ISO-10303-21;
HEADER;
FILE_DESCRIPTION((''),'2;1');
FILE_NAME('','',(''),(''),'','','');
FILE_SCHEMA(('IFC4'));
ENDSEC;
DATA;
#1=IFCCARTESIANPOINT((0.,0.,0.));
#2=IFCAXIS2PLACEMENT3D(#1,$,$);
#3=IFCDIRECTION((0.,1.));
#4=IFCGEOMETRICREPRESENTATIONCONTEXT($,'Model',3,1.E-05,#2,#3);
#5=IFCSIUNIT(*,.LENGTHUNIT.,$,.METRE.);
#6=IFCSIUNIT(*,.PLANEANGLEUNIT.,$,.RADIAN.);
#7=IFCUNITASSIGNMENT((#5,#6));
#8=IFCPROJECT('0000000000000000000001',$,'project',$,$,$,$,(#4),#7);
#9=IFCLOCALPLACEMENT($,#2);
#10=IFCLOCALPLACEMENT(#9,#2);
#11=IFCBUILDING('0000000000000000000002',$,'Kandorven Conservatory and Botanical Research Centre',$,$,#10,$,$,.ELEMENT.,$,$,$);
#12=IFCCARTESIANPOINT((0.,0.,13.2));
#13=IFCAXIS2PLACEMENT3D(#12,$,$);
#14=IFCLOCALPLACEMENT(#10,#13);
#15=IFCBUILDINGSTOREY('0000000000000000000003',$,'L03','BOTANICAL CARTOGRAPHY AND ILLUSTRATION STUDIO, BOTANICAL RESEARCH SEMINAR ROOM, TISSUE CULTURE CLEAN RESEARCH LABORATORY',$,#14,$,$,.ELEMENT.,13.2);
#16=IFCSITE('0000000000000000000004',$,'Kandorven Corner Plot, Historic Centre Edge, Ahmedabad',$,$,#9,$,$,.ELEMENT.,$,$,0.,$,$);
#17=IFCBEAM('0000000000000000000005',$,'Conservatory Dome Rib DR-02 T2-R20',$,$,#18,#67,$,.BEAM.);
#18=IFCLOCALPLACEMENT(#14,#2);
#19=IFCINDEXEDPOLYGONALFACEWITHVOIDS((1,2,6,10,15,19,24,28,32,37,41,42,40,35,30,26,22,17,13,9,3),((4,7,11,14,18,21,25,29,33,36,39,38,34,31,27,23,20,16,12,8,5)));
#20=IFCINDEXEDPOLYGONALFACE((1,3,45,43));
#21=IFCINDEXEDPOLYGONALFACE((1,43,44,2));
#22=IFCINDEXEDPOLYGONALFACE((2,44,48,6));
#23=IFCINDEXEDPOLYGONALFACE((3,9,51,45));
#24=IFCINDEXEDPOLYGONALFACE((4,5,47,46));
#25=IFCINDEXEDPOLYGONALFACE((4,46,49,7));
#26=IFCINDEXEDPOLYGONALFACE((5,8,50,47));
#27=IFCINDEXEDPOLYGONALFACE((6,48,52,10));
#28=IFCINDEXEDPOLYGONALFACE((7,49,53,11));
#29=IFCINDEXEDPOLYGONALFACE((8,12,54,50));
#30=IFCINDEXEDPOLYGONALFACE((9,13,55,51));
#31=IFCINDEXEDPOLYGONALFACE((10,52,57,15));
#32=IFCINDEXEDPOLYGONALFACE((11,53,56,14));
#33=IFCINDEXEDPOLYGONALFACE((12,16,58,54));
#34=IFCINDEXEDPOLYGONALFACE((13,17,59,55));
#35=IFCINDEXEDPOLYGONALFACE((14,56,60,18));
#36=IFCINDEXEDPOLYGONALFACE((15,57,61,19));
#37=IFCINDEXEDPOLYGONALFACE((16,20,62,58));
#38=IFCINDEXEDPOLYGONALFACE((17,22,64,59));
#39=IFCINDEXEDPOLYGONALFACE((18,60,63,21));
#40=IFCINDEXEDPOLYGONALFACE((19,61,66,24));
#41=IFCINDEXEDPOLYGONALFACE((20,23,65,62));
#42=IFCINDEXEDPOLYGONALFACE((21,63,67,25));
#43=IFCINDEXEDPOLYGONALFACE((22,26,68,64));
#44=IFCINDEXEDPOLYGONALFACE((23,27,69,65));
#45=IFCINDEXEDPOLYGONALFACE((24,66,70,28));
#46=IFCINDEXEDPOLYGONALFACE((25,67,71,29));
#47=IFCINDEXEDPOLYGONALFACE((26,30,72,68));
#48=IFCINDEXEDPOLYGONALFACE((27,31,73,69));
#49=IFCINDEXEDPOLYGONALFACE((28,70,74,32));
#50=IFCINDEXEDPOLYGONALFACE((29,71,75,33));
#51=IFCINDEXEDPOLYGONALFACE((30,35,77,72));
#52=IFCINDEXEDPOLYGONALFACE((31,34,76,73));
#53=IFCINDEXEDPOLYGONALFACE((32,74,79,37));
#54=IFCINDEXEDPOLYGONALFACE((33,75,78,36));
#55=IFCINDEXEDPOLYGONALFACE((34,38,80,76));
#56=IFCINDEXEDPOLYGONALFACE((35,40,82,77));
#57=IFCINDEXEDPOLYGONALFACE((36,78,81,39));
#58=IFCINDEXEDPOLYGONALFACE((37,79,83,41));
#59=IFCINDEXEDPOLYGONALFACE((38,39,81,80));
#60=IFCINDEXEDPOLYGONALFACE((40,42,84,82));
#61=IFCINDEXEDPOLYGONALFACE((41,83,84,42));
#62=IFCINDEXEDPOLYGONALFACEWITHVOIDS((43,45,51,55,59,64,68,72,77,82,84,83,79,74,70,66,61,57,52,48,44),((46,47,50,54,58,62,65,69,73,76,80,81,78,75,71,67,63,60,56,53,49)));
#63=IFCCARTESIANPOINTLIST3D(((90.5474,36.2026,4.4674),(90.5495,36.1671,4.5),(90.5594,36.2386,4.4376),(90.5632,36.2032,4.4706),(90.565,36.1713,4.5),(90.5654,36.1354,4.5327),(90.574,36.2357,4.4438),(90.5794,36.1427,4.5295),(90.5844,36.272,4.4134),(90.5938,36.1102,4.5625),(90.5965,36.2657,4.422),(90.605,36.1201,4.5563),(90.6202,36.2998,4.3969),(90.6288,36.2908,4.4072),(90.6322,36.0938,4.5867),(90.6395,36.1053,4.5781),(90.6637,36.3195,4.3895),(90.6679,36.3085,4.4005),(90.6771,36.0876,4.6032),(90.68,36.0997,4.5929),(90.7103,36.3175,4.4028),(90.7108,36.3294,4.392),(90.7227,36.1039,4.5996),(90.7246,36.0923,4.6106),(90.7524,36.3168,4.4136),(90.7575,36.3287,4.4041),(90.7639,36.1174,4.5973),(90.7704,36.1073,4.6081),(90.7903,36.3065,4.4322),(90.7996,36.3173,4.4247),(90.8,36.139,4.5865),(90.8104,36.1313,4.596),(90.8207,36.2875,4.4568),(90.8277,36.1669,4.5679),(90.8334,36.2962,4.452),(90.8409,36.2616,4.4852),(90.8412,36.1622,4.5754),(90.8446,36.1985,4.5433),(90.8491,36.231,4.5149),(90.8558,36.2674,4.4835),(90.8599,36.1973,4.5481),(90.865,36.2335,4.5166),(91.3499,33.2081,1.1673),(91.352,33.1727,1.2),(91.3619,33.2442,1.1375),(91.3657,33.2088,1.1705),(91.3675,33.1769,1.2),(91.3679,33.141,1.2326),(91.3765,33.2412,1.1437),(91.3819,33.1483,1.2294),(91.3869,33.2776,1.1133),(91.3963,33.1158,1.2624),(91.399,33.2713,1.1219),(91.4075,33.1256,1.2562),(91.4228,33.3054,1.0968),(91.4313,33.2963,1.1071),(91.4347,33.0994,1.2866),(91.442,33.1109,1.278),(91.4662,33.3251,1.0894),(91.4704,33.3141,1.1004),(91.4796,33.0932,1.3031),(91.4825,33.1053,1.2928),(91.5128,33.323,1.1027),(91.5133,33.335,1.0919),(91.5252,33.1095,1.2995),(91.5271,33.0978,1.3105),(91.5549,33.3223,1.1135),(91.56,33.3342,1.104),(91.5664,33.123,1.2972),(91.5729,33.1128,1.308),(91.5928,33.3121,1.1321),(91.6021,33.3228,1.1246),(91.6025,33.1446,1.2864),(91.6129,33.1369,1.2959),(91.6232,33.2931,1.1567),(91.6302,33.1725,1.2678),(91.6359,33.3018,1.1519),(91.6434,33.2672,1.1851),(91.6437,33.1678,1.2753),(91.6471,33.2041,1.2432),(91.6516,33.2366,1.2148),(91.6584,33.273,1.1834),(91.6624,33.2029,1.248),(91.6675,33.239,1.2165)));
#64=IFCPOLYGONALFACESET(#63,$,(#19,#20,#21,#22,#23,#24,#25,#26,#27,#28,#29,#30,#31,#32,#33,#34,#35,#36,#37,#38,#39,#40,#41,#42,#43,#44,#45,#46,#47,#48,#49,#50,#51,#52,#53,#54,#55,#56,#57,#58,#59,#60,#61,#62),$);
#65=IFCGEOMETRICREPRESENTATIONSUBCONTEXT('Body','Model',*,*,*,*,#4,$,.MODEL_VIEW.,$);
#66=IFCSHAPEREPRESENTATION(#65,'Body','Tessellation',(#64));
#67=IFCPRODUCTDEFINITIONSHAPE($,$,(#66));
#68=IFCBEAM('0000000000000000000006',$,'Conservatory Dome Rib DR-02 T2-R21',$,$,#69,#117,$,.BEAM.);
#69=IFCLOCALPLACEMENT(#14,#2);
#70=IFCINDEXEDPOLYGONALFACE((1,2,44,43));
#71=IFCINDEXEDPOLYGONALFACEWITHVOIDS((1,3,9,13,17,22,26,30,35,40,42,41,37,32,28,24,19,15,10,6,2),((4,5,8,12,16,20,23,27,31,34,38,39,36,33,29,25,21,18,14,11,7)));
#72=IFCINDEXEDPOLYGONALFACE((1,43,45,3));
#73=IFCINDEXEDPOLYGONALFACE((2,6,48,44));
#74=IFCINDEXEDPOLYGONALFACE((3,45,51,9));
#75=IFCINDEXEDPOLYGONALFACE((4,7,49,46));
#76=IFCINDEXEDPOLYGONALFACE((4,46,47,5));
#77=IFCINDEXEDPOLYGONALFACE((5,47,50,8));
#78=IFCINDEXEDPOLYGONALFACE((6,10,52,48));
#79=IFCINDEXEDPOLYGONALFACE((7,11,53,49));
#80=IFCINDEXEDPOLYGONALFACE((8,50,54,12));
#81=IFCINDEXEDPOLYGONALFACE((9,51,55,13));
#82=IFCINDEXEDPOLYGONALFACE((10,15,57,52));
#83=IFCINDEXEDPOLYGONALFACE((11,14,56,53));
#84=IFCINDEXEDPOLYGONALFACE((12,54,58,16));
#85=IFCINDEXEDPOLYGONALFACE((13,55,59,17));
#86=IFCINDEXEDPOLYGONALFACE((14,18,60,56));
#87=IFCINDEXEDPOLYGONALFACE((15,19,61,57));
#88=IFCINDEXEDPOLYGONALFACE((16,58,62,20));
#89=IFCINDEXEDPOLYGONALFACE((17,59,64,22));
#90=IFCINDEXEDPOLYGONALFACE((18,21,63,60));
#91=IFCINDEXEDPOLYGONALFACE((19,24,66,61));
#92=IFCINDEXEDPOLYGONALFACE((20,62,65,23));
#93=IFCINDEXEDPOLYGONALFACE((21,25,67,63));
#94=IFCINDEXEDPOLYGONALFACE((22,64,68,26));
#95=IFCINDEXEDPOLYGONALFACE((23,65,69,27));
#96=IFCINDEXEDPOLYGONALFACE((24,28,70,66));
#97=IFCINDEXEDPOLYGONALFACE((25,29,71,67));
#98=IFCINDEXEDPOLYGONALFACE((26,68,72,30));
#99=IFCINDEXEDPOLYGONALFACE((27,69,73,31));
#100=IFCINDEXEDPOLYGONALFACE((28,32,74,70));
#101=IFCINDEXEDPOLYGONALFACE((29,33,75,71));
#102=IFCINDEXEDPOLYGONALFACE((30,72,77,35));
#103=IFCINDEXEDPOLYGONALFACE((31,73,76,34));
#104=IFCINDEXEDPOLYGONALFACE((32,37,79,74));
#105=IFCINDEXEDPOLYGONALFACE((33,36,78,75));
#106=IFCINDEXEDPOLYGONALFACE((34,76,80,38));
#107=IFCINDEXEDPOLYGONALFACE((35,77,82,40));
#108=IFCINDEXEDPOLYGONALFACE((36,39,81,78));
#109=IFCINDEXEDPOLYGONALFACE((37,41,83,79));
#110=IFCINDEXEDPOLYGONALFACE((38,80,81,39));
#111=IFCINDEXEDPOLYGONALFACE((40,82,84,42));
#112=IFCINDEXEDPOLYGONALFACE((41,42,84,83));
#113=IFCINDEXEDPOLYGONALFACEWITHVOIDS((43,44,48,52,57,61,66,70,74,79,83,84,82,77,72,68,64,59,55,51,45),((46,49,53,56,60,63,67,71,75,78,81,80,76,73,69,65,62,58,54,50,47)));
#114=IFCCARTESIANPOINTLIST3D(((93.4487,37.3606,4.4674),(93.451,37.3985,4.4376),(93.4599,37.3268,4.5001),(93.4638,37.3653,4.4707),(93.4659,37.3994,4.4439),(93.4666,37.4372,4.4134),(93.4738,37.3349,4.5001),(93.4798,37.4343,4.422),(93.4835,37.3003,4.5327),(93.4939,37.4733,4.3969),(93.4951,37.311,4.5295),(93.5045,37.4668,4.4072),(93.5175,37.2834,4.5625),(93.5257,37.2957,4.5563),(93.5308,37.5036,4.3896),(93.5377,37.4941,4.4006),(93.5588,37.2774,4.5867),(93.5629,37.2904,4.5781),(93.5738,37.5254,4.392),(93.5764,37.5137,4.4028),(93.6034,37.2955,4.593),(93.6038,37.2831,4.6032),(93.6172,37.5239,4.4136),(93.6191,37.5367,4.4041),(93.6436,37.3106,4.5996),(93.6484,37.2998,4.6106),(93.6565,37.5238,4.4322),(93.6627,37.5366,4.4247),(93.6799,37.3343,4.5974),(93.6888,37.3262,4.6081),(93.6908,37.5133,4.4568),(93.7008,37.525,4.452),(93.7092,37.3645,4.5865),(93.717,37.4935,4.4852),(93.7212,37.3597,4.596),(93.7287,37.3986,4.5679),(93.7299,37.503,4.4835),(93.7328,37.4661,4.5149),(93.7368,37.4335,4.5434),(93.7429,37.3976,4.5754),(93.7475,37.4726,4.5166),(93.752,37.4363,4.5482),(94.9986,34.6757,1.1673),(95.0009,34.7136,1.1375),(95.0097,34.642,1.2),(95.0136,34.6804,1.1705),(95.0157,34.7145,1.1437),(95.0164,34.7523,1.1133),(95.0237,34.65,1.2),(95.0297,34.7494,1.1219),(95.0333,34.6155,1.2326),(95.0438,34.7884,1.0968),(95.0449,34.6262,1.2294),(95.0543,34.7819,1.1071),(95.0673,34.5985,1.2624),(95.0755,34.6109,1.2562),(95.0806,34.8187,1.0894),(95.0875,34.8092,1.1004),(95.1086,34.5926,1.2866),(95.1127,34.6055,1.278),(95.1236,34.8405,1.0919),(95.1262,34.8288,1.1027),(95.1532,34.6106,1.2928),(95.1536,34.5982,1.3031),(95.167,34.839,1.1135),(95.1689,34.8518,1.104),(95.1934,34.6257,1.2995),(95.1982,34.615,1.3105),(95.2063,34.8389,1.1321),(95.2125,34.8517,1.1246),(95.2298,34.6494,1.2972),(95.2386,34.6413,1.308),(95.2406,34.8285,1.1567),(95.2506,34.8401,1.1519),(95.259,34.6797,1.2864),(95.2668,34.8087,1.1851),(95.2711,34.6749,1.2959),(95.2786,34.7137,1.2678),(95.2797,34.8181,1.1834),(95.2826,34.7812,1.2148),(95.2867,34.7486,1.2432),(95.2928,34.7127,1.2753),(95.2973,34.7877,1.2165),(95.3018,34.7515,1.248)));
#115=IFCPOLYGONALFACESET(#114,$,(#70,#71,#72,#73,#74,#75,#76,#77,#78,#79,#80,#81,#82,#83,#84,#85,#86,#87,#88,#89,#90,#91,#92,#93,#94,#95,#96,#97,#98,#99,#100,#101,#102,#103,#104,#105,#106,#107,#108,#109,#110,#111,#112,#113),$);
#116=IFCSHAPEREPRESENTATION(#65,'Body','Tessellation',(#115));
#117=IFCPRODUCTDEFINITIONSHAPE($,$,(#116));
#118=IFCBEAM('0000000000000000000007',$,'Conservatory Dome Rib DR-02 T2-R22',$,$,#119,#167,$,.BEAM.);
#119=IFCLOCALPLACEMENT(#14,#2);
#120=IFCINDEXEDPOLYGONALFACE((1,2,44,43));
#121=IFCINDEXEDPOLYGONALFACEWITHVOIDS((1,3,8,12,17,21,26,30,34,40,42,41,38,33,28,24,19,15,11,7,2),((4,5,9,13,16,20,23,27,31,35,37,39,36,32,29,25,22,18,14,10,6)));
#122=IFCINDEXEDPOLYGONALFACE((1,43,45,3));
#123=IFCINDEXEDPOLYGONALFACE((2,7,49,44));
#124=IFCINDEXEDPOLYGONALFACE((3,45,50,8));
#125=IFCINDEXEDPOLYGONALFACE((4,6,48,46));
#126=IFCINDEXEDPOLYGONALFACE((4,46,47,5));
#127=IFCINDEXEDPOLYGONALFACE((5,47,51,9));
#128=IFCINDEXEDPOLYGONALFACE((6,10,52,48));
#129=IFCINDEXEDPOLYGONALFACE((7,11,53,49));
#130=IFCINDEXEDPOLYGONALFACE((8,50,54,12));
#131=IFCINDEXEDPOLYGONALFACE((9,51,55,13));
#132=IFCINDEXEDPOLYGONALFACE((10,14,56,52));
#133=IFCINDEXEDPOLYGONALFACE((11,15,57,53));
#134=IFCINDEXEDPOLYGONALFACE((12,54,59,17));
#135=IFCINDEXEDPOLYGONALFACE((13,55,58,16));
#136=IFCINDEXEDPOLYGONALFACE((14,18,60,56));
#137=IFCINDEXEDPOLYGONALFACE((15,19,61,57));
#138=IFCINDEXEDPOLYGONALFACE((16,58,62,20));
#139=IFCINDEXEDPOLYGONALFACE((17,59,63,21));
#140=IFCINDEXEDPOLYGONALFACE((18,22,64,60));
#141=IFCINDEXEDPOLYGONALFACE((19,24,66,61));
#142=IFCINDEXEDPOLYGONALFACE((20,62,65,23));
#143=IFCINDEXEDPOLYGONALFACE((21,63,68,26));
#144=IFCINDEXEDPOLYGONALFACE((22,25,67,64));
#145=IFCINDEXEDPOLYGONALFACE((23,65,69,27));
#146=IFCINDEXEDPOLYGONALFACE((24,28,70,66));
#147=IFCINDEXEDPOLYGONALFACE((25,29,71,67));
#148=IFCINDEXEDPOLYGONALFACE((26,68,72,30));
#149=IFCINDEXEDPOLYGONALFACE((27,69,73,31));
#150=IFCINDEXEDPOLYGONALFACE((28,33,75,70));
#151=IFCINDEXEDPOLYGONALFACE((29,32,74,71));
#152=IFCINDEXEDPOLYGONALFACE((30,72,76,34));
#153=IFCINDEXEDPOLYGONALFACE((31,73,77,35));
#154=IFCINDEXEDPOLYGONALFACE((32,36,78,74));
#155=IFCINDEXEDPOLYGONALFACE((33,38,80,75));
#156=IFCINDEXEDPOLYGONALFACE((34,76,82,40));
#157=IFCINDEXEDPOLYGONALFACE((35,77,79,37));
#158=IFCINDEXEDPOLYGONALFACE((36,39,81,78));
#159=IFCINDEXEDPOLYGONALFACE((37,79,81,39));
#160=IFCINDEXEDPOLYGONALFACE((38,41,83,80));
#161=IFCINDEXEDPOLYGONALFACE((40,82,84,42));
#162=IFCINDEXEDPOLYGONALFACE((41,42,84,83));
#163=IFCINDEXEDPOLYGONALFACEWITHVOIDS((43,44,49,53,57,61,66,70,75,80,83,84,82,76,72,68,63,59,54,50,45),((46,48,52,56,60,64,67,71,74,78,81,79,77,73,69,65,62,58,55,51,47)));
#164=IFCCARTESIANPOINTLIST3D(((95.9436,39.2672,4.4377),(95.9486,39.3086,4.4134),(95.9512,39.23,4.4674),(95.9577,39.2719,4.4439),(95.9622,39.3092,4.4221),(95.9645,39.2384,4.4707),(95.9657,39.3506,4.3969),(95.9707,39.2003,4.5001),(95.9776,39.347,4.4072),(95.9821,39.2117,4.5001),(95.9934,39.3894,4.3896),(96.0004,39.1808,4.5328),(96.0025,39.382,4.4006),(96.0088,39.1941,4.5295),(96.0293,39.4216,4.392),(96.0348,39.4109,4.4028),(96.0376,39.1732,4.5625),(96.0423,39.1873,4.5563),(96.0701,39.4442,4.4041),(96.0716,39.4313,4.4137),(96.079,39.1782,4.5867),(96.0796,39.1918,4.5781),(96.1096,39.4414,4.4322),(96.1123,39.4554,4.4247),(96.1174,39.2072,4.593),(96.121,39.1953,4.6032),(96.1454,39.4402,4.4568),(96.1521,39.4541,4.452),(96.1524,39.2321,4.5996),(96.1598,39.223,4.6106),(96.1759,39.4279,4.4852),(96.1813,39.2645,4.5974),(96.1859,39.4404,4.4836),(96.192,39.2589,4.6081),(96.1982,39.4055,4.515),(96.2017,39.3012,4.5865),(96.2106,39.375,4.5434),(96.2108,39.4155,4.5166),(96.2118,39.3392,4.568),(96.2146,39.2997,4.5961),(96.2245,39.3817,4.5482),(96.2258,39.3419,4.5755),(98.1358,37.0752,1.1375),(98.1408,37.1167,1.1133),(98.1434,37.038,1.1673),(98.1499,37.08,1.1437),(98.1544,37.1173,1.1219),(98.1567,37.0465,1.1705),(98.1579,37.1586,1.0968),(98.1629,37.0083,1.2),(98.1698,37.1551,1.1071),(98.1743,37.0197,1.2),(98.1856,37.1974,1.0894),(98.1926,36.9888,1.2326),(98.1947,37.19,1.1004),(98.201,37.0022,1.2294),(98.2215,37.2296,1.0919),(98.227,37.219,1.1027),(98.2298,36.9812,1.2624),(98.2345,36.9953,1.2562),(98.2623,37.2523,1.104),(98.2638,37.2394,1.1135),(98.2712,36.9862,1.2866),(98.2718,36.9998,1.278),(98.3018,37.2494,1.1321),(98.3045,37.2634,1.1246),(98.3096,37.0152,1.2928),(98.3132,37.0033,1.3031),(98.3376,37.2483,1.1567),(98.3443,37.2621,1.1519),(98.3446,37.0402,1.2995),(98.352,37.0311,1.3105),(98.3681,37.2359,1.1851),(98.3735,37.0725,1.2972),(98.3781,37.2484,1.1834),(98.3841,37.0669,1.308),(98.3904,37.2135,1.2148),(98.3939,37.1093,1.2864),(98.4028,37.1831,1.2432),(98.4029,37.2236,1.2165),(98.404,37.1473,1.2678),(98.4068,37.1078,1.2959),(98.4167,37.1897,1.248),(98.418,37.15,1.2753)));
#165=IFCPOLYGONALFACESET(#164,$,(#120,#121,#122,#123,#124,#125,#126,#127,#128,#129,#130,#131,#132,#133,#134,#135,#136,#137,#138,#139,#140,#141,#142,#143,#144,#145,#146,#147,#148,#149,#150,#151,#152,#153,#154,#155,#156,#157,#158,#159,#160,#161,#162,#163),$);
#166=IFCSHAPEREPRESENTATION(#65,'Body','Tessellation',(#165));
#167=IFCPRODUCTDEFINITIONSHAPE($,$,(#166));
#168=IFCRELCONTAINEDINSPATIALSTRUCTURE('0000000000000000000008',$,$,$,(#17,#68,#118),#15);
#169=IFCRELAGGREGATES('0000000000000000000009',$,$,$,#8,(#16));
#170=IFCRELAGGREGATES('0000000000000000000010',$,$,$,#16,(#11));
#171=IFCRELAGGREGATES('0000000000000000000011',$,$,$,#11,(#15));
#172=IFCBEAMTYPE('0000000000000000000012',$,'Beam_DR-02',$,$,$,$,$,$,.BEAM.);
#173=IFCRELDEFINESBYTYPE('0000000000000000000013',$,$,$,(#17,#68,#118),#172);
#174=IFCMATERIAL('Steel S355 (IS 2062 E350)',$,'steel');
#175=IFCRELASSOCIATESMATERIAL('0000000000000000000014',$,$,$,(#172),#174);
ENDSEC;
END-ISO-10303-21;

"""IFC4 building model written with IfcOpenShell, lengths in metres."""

from ifc_helpers import new_model, si_unit, direction, frame, origin, origin_2d, place, context, subcontext, project, spatial, hollow_circle, extrude, material, material_profile, profile_set, type_object, element, save


model = new_model("IFC4")

# Units and contexts
model_context = context("Model", 3, precision=1e-05, world=origin(), true_north=direction((0.0, 1.0)))
body_context = subcontext(model_context, "Body", "Model", "MODEL_VIEW")
ifc_project = project(units=[si_unit("LENGTHUNIT", "METRE"), si_unit("PLANEANGLEUNIT", "RADIAN")], contexts=[model_context])

# Site, building, storey
site_placement = place(None, origin())
site = spatial("IfcSite", under=ifc_project, at=site_placement, Name="Kandorven Corner Plot, Historic Centre Edge, Ahmedabad", CompositionType="ELEMENT", RefElevation=0.0)
building_placement = place(site_placement, origin())
building = spatial("IfcBuilding", under=site, at=building_placement, Name="Kandorven Conservatory and Botanical Research Centre", CompositionType="ELEMENT")
storey_placement = place(building_placement, frame((0.0, 0.0, 13.2)))
storey = spatial("IfcBuildingStorey", under=building, at=storey_placement, Name="L03", Description="BOTANICAL CARTOGRAPHY AND ILLUSTRATION STUDIO, BOTANICAL RESEARCH SEMINAR ROOM, TISSUE CULTURE CLEAN RESEARCH LABORATORY", CompositionType="ELEMENT", Elevation=13.2)

# Beams
ifc_material_1 = material(Name="Steel S355 (IS 2062 E350)", Category="steel")
ifc_material_profile_1 = material_profile(ifc_material_1, hollow_circle(Radius=0.1619, WallThickness=0.0161, at=origin_2d()))
ifc_profile_set_1 = profile_set([ifc_material_profile_1], Name="Steel S355 (IS 2062 E350)")
beam_type_1 = type_object("IfcBeamType", Name="Beam_DR-02", PredefinedType="BEAM", material=ifc_profile_set_1)
for number, where, z_axis, x_axis, name in (
    (1, (91.5083, 33.2146, 1.2), (-0.177238, 0.661338, 0.728847), (-0.965914, -0.258863, 0.0), "Conservatory Dome Rib DR-02 T2-R20"),
    (2, (95.1499, 34.7229, 1.2), (-0.342291, 0.59297, 0.728851), (-0.866064, -0.499934, 0.0), "Conservatory Dome Rib DR-02 T2-R21"),
    (3, (98.2773, 37.1228, 1.2), (-0.48416, 0.484106, 0.728855), (-0.707067, -0.707146, 0.0), "Conservatory Dome Rib DR-02 T2-R22"),
):
    element("IfcBeam", number, at=place(storey_placement, frame(where, z_axis=z_axis, x_axis=x_axis)), inside=storey, type_object=beam_type_1, Name=name, PredefinedType="BEAM", context=body_context, shape_type="SweptSolid", body=[
        extrude(hollow_circle(Radius=0.1619, WallThickness=0.0161, at=origin_2d()), origin(), (0.0, 0.0, 1.0), 4.5278),
    ])

save(model, "model.ifc")
